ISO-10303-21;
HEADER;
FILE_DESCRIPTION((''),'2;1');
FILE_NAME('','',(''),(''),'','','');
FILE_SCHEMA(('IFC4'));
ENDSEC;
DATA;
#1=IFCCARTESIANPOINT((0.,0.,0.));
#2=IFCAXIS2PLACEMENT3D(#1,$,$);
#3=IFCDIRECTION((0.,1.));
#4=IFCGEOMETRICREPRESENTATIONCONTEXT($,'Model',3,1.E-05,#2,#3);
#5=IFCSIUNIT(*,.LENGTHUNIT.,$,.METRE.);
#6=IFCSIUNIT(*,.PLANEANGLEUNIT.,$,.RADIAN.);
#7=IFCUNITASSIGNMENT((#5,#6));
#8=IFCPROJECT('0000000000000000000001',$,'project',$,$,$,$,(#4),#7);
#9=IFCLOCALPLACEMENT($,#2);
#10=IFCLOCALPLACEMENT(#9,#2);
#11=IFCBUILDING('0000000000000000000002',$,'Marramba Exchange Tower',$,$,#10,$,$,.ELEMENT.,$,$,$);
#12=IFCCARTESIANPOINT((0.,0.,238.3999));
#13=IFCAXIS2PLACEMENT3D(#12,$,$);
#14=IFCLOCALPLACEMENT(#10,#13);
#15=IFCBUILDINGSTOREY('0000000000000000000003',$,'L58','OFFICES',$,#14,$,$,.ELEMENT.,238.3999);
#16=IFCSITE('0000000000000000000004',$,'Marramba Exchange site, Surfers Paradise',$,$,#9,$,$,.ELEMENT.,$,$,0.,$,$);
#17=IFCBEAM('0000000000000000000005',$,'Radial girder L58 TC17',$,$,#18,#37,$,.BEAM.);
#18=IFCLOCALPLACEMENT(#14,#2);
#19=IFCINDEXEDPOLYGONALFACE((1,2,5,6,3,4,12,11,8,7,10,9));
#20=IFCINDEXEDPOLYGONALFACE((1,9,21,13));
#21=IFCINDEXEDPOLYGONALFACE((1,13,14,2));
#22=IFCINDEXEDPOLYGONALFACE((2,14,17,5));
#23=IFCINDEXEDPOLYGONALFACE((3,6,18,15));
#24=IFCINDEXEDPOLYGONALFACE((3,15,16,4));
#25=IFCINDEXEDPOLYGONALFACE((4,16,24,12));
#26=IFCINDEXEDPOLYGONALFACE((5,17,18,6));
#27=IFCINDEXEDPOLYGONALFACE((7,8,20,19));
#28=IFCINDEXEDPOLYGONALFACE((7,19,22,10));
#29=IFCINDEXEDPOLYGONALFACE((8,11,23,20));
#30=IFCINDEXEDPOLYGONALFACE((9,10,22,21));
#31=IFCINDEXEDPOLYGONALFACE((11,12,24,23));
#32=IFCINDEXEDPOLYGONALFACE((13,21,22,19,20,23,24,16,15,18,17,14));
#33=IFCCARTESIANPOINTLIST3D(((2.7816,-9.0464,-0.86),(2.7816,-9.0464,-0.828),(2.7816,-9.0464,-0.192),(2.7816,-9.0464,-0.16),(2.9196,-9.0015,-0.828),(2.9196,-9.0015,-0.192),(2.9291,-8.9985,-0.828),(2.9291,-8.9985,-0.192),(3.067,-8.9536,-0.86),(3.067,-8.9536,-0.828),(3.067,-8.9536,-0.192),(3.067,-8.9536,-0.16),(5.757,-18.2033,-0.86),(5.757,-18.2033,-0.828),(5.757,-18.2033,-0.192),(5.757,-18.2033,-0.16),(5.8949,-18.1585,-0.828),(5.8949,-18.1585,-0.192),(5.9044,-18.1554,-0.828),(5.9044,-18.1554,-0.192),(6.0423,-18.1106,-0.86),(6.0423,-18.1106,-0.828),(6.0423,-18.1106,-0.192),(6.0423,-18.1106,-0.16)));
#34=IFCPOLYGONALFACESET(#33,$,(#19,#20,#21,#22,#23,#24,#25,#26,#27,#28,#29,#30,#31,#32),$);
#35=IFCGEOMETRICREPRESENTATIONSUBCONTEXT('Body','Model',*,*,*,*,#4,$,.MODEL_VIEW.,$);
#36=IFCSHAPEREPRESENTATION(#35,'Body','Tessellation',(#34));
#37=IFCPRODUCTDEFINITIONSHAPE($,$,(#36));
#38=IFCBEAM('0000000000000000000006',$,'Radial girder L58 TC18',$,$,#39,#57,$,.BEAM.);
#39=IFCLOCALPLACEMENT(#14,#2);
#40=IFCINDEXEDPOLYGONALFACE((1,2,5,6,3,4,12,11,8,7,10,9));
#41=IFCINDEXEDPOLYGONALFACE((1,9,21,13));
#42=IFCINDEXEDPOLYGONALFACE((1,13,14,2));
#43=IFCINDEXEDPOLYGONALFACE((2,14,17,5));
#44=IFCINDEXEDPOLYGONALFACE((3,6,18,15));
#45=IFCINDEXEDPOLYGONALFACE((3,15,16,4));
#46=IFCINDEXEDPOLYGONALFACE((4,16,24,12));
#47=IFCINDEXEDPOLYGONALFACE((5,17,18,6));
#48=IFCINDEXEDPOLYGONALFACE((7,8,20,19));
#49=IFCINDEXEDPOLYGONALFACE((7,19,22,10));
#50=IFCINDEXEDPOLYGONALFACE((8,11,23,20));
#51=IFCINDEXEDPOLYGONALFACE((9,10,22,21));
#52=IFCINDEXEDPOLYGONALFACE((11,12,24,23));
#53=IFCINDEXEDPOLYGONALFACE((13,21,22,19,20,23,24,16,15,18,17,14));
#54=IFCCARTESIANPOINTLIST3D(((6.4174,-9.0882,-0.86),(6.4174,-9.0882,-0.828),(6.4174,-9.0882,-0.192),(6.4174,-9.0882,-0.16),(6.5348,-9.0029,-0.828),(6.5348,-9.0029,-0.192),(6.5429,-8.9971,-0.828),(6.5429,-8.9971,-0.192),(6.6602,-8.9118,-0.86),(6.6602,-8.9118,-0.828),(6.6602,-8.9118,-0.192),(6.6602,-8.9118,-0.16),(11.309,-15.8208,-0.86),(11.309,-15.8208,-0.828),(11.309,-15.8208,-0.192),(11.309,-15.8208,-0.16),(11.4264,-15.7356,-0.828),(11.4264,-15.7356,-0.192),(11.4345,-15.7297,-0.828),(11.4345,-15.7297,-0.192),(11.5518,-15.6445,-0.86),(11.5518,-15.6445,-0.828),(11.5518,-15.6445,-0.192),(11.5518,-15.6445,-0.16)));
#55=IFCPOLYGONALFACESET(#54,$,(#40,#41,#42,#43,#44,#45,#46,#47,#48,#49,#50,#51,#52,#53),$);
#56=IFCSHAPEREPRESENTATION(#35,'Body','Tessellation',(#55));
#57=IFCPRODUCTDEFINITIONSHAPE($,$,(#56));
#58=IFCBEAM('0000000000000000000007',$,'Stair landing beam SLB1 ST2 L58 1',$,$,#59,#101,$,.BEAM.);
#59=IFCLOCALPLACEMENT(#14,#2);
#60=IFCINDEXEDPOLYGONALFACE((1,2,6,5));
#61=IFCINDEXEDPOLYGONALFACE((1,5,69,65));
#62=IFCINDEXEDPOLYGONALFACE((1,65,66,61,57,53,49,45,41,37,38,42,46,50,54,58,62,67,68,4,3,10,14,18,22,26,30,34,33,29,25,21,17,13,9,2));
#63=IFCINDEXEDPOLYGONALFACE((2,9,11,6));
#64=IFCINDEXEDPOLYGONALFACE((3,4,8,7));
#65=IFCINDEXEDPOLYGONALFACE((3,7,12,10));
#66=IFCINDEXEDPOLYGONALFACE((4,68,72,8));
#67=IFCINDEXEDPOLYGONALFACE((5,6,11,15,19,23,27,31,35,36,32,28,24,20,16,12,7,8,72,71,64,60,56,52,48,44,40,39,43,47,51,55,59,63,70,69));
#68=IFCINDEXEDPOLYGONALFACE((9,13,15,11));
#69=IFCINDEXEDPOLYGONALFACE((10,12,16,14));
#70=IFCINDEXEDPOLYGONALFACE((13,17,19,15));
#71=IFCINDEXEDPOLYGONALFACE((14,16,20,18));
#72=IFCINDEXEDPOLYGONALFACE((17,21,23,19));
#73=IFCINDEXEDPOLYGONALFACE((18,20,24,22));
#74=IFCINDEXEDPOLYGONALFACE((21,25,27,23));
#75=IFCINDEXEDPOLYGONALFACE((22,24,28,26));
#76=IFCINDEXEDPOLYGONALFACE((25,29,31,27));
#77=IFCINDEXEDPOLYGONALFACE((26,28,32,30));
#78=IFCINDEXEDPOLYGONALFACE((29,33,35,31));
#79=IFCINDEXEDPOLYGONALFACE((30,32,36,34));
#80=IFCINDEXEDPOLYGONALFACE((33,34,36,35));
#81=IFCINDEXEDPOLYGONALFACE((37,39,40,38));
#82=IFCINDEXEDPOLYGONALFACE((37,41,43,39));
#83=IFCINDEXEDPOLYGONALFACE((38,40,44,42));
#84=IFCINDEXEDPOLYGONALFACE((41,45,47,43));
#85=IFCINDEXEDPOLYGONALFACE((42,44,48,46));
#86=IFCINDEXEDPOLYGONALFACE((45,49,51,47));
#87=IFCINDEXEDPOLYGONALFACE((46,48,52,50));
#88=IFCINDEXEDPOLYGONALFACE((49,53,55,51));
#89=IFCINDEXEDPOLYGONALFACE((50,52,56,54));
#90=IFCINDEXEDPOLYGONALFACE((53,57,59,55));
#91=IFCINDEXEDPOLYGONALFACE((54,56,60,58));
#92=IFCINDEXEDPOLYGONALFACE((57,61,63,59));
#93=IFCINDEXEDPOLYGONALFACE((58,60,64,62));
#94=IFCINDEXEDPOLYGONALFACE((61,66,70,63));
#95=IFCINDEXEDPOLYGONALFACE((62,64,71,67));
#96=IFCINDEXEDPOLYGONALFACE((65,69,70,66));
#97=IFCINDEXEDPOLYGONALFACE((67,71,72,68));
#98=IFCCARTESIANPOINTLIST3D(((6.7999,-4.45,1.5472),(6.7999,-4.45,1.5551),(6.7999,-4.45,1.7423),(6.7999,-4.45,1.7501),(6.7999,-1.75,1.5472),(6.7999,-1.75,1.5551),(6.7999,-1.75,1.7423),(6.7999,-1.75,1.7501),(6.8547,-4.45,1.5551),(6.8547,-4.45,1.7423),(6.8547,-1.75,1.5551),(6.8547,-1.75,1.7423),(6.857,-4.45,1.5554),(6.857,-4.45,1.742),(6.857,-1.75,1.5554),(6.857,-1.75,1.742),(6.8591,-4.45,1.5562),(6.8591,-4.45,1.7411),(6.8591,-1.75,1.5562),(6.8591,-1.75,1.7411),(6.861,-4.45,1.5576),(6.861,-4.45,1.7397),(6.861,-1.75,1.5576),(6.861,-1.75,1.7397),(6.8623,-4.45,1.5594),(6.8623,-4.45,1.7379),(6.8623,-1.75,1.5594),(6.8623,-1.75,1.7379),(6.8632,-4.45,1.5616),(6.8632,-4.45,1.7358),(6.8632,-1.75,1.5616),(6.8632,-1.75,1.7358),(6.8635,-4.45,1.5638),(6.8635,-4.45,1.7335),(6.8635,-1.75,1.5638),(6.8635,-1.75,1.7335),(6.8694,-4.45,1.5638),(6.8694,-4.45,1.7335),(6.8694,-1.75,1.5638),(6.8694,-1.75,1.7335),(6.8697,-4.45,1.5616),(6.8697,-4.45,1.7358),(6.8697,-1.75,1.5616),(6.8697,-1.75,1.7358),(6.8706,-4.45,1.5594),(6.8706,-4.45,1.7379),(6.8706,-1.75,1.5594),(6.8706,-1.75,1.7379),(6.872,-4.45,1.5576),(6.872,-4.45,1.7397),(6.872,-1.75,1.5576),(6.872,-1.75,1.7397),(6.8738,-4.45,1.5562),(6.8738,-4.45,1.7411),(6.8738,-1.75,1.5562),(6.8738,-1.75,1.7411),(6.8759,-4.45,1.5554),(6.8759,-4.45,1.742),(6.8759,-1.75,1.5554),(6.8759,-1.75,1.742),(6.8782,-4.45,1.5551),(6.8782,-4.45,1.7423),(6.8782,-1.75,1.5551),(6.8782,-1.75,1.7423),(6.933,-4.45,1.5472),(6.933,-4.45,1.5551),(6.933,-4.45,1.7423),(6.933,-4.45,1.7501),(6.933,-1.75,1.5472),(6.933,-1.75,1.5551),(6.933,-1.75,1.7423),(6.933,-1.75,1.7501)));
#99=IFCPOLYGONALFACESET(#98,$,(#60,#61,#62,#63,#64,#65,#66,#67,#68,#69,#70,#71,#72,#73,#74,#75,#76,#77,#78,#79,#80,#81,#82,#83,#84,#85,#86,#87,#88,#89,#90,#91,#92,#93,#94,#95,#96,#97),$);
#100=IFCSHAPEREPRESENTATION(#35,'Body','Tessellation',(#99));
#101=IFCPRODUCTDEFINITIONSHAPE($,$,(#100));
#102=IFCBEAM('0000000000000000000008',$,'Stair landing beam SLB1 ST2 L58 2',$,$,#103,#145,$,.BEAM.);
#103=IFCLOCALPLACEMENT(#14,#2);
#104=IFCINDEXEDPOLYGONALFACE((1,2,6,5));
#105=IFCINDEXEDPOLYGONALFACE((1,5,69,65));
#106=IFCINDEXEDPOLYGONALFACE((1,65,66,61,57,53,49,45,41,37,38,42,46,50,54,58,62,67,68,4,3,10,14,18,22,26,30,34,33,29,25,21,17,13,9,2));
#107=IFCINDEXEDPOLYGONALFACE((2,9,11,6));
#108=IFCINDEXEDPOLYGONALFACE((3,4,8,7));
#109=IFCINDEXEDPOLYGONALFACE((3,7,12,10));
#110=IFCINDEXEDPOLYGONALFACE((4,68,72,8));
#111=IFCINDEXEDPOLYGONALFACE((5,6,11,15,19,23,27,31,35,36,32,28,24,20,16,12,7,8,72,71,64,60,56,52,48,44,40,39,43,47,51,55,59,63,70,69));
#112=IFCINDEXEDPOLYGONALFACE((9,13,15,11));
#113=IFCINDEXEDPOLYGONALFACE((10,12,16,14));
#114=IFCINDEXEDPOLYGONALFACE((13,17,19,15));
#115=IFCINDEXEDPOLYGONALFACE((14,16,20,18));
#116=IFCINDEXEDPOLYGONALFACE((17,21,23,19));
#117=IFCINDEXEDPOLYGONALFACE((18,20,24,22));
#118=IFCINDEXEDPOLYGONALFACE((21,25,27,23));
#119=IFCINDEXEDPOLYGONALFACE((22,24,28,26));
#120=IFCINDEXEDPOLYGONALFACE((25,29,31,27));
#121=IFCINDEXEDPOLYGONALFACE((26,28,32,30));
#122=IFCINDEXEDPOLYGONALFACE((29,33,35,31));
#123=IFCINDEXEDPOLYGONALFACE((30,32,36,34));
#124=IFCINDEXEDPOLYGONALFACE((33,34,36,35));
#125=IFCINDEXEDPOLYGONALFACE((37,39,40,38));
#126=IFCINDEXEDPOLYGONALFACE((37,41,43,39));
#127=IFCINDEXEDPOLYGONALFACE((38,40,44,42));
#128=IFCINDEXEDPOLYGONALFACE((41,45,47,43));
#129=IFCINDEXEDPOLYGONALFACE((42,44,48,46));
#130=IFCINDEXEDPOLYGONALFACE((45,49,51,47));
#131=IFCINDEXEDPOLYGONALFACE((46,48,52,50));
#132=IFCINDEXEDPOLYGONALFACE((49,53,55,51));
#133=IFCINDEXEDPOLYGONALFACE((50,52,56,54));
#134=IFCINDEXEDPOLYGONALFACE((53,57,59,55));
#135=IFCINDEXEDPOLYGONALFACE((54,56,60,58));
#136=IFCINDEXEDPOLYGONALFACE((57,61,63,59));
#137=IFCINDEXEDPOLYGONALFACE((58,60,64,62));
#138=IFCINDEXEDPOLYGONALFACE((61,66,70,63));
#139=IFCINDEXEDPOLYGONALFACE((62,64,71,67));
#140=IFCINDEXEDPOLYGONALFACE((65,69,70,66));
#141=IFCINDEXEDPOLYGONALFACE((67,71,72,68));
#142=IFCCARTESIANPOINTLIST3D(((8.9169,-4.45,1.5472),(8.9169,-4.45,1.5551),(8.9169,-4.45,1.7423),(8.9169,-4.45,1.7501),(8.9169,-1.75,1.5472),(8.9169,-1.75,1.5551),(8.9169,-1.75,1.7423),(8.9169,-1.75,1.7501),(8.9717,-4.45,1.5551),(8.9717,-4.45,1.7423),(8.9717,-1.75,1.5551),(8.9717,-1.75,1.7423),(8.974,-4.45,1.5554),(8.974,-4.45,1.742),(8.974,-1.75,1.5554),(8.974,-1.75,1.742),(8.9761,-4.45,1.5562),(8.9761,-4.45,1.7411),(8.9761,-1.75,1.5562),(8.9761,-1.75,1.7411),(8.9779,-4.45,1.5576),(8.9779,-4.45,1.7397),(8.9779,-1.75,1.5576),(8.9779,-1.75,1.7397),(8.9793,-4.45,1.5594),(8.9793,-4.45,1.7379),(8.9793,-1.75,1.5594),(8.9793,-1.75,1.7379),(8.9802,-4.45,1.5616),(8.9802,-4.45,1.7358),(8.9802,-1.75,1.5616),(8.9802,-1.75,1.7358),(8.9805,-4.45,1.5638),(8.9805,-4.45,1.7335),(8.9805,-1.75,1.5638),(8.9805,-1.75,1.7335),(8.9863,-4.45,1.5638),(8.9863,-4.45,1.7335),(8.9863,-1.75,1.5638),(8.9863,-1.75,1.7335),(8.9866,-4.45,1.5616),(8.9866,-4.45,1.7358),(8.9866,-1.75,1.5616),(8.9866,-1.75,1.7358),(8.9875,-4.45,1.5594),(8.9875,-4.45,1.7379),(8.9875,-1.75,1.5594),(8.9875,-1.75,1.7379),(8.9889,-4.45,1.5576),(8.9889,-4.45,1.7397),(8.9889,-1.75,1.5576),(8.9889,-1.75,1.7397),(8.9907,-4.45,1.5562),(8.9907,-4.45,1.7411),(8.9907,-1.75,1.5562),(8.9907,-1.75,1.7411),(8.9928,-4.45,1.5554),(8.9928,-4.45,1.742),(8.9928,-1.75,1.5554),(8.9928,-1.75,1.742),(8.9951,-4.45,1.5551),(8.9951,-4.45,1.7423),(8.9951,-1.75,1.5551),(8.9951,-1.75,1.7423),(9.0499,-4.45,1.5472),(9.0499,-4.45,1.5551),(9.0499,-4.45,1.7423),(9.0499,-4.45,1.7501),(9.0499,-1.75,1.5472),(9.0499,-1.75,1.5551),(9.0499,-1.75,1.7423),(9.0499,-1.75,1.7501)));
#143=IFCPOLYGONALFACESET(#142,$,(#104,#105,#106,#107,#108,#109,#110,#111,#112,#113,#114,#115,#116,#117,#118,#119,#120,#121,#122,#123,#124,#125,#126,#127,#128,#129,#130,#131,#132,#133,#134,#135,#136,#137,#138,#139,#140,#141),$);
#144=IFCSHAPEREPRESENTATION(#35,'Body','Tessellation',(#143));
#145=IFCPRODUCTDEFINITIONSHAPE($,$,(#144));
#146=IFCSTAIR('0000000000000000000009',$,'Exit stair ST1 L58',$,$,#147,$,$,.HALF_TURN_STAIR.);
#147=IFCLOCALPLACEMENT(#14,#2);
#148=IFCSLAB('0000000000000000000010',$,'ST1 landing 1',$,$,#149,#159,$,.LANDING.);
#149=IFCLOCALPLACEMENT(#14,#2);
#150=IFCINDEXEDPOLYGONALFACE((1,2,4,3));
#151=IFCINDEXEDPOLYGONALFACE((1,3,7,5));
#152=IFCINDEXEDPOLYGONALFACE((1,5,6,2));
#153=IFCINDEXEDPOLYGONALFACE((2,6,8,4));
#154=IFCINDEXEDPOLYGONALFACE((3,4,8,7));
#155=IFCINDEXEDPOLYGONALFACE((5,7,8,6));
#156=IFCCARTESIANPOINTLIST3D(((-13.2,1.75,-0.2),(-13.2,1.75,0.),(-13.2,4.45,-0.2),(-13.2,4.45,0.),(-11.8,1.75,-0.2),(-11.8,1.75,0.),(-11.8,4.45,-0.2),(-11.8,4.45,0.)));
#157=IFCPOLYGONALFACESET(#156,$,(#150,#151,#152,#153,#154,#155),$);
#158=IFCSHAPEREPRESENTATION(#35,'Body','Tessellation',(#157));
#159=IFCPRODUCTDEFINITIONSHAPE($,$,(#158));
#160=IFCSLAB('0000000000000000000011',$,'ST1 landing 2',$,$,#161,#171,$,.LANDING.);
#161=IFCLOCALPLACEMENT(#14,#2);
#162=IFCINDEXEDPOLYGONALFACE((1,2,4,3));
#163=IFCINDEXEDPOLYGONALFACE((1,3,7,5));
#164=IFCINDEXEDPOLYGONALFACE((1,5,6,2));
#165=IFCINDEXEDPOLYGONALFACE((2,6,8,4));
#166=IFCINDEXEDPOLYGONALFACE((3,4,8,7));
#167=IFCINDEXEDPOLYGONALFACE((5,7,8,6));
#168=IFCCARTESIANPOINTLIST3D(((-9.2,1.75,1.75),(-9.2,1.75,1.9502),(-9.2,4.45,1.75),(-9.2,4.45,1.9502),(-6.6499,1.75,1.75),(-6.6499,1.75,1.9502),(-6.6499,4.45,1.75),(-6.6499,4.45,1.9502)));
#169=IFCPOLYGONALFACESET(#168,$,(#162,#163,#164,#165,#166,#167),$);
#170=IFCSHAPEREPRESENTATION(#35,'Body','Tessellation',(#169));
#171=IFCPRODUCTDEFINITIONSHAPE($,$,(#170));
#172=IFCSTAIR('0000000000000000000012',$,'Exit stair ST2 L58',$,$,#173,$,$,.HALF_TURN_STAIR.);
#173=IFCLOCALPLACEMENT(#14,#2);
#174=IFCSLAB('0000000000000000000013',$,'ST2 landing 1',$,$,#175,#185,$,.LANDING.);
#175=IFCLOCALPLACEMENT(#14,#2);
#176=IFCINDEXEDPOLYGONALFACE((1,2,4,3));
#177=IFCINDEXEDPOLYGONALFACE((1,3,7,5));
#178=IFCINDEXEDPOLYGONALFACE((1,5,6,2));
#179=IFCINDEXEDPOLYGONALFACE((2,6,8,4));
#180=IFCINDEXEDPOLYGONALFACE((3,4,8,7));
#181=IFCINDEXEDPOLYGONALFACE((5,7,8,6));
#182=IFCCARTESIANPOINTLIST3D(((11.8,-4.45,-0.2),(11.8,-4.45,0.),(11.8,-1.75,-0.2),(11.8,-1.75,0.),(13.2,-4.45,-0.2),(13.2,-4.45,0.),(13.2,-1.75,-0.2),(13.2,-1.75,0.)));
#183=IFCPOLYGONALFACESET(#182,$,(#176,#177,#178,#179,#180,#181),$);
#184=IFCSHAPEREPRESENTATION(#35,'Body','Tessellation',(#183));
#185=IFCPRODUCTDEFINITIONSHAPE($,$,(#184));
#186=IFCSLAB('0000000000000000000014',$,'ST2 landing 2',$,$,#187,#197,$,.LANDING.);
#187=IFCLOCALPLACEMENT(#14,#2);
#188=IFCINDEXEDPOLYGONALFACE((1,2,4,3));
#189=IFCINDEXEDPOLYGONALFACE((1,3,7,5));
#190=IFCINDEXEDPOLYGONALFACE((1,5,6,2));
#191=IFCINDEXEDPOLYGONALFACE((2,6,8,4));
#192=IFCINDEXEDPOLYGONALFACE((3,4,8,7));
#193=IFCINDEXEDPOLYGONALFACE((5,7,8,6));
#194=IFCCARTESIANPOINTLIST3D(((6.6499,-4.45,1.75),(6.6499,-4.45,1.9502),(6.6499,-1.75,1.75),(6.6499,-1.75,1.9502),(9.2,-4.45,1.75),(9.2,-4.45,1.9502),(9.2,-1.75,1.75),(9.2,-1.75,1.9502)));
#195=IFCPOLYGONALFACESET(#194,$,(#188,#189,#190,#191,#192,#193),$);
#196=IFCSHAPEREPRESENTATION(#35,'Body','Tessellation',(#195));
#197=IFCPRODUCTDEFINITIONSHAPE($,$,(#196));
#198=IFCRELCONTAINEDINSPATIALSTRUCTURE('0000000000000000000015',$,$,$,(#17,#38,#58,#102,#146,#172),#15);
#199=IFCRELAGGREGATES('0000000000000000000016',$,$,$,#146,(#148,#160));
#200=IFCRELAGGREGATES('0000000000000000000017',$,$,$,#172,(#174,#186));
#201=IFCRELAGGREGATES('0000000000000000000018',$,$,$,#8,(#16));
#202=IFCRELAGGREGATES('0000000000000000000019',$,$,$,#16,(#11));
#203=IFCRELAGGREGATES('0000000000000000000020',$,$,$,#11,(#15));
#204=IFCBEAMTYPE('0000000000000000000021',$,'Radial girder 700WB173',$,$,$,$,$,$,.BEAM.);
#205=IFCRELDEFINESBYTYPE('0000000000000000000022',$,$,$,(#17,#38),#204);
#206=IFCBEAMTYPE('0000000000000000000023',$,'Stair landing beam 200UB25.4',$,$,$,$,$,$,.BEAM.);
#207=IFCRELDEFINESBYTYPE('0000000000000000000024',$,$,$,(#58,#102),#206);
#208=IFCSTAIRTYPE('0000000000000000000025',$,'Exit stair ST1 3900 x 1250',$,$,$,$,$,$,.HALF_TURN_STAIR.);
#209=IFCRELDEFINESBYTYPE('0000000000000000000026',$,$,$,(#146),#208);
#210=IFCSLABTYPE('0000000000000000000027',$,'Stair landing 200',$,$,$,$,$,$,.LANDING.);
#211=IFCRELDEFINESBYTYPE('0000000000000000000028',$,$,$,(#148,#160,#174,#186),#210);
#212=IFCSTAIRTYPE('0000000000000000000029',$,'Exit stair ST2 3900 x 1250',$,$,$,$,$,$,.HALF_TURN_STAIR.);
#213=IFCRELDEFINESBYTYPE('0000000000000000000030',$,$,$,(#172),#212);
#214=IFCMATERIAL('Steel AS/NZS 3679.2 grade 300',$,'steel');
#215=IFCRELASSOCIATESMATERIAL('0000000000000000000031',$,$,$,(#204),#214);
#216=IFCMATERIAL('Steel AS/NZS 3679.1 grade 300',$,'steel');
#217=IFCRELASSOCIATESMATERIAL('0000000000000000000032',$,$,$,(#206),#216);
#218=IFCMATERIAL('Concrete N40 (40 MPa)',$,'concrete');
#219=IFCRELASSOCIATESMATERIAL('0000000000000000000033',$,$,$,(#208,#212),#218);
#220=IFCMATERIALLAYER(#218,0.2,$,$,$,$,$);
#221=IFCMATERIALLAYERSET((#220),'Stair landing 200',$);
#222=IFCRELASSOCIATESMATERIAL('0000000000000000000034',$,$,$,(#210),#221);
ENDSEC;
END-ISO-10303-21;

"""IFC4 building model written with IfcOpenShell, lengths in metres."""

from ifc_helpers import new_model, si_unit, direction, frame, origin, origin_2d, place, context, subcontext, project, spatial, polyline, i_section, outline, extrude, material, layer, layer_set, material_profile, profile_set, type_object, element, aggregate, save


model = new_model("IFC4")

# Units and contexts
model_context = context("Model", 3, precision=1e-05, world=origin(), true_north=direction((0.0, 1.0)))
body_context = subcontext(model_context, "Body", "Model", "MODEL_VIEW")
ifc_project = project(units=[si_unit("LENGTHUNIT", "METRE"), si_unit("PLANEANGLEUNIT", "RADIAN")], contexts=[model_context])

# Site, building, storey
site_placement = place(None, origin())
site = spatial("IfcSite", under=ifc_project, at=site_placement, Name="Marramba Exchange site, Surfers Paradise", CompositionType="ELEMENT", RefElevation=0.0)
building_placement = place(site_placement, origin())
building = spatial("IfcBuilding", under=site, at=building_placement, Name="Marramba Exchange Tower", CompositionType="ELEMENT")
storey_placement = place(building_placement, frame((0.0, 0.0, 238.3999)))
storey = spatial("IfcBuildingStorey", under=building, at=storey_placement, Name="L58", Description="OFFICES", CompositionType="ELEMENT", Elevation=238.3999)

# Beams
ifc_material_1 = material(Name="Steel AS/NZS 3679.2 grade 300", Category="steel")
ifc_material_profile_1 = material_profile(ifc_material_1, i_section(OverallWidth=0.3, OverallDepth=0.7, WebThickness=0.01, FlangeThickness=0.032, at=origin_2d()), Name="700WB173")
ifc_profile_set_1 = profile_set([ifc_material_profile_1], Name="Steel AS/NZS 3679.2 grade 300")
beam_type_1 = type_object("IfcBeamType", Name="Radial girder 700WB173", PredefinedType="BEAM", material=ifc_profile_set_1)
beam_1_placement = place(storey_placement, frame((2.9243, -9.0, -0.51), z_axis=(0.309022, -0.951055, 0.0), x_axis=(0.951055, 0.309022, 0.0)))
element("IfcBeam", 1, at=beam_1_placement, inside=storey, type_object=beam_type_1, Name="Radial girder L58 TC17", PredefinedType="BEAM", context=body_context, shape_type="SweptSolid", body=[
    extrude(i_section(OverallWidth=0.3, OverallDepth=0.7, WebThickness=0.01, FlangeThickness=0.032, at=origin_2d()), origin(), (0.0, 0.0, 1.0), 9.6282),
])
beam_2_placement = place(storey_placement, frame((6.5388, -9.0, -0.51), z_axis=(0.587788, -0.809015, 0.0), x_axis=(0.809015, 0.587788, 0.0)))
element("IfcBeam", 2, at=beam_2_placement, inside=storey, type_object=beam_type_1, Name="Radial girder L58 TC18", PredefinedType="BEAM", context=body_context, shape_type="SweptSolid", body=[
    extrude(i_section(OverallWidth=0.3, OverallDepth=0.7, WebThickness=0.01, FlangeThickness=0.032, at=origin_2d()), origin(), (0.0, 0.0, 1.0), 8.322),
])
ifc_material_2 = material(Name="Steel AS/NZS 3679.1 grade 300", Category="steel")
ifc_material_profile_2 = material_profile(ifc_material_2, i_section(OverallWidth=0.1331, OverallDepth=0.2029, WebThickness=0.0059, FlangeThickness=0.0078, FilletRadius=0.0088, at=origin_2d()), Name="200UB25.4")
ifc_profile_set_2 = profile_set([ifc_material_profile_2], Name="Steel AS/NZS 3679.1 grade 300")
beam_type_2 = type_object("IfcBeamType", Name="Stair landing beam 200UB25.4", PredefinedType="BEAM", material=ifc_profile_set_2)
for number, where, z_axis, x_axis, name in (
    (3, (6.8665, -4.45, 1.6487), (0.0, 1.0, 0.0), (-1.0, 0.0, 0.0), "Stair landing beam SLB1 ST2 L58 1"),
    (4, (8.9834, -4.45, 1.6487), (0.0, 1.0, 0.0), (-1.0, 0.0, 0.0), "Stair landing beam SLB1 ST2 L58 2"),
):
    element("IfcBeam", number, at=place(storey_placement, frame(where, z_axis=z_axis, x_axis=x_axis)), inside=storey, type_object=beam_type_2, Name=name, PredefinedType="BEAM", context=body_context, shape_type="SweptSolid", body=[
        extrude(i_section(OverallWidth=0.1331, OverallDepth=0.2029, WebThickness=0.0059, FlangeThickness=0.0078, FilletRadius=0.0088, at=origin_2d()), origin(), (0.0, 0.0, 1.0), 2.7),
    ])

# Stairs, slabs
ifc_material_3 = material(Name="Concrete N40 (40 MPa)", Category="concrete")
stair_type_1 = type_object("IfcStairType", Name="Exit stair ST1 3900 x 1250", PredefinedType="HALF_TURN_STAIR", material=ifc_material_3)
stair_1_placement = place(storey_placement, origin())
stair_1 = element("IfcStair", 5, at=stair_1_placement, inside=storey, type_object=stair_type_1, Name="Exit stair ST1 L58", PredefinedType="HALF_TURN_STAIR")
ifc_layer_1 = layer(ifc_material_3, 0.2)
ifc_layer_set_1 = layer_set([ifc_layer_1], Name="Stair landing 200")
slab_type = type_object("IfcSlabType", Name="Stair landing 200", PredefinedType="LANDING", material=ifc_layer_set_1)
slab_1_placement = place(storey_placement, frame((0.0, 0.0, -0.2)))
slab_1 = element("IfcSlab", 6, at=slab_1_placement, type_object=slab_type, Name="ST1 landing 1", PredefinedType="LANDING", context=body_context, shape_type="SweptSolid", body=[
    extrude(outline(polyline([(-13.2, 1.75), (-11.8, 1.75), (-11.8, 4.45), (-13.2, 4.45), (-13.2, 1.75)])), origin(), (0.0, 0.0, 1.0), 0.2),
])
slab_2_placement = place(storey_placement, frame((0.0, 0.0, 1.75)))
slab_2 = element("IfcSlab", 7, at=slab_2_placement, type_object=slab_type, Name="ST1 landing 2", PredefinedType="LANDING", context=body_context, shape_type="SweptSolid", body=[
    extrude(outline(polyline([(-9.2, 1.75), (-6.6499, 1.75), (-6.6499, 4.45), (-9.2, 4.45), (-9.2, 1.75)])), origin(), (0.0, 0.0, 1.0), 0.2002),
])
aggregate(stair_1, [slab_1, slab_2])
stair_type_2 = type_object("IfcStairType", Name="Exit stair ST2 3900 x 1250", PredefinedType="HALF_TURN_STAIR", material=ifc_material_3)
stair_2_placement = place(storey_placement, origin())
stair_2 = element("IfcStair", 8, at=stair_2_placement, inside=storey, type_object=stair_type_2, Name="Exit stair ST2 L58", PredefinedType="HALF_TURN_STAIR")
slab_3_placement = place(storey_placement, frame((0.0, 0.0, -0.2)))
slab_3 = element("IfcSlab", 9, at=slab_3_placement, type_object=slab_type, Name="ST2 landing 1", PredefinedType="LANDING", context=body_context, shape_type="SweptSolid", body=[
    extrude(outline(polyline([(11.8, -4.45), (13.2, -4.45), (13.2, -1.75), (11.8, -1.75), (11.8, -4.45)])), origin(), (0.0, 0.0, 1.0), 0.2),
])
slab_4_placement = place(storey_placement, frame((0.0, 0.0, 1.75)))
slab_4 = element("IfcSlab", 10, at=slab_4_placement, type_object=slab_type, Name="ST2 landing 2", PredefinedType="LANDING", context=body_context, shape_type="SweptSolid", body=[
    extrude(outline(polyline([(6.6499, -4.45), (9.2, -4.45), (9.2, -1.75), (6.6499, -1.75), (6.6499, -4.45)])), origin(), (0.0, 0.0, 1.0), 0.2002),
])

aggregate(stair_2, [slab_3, slab_4])

save(model, "model.ifc")
